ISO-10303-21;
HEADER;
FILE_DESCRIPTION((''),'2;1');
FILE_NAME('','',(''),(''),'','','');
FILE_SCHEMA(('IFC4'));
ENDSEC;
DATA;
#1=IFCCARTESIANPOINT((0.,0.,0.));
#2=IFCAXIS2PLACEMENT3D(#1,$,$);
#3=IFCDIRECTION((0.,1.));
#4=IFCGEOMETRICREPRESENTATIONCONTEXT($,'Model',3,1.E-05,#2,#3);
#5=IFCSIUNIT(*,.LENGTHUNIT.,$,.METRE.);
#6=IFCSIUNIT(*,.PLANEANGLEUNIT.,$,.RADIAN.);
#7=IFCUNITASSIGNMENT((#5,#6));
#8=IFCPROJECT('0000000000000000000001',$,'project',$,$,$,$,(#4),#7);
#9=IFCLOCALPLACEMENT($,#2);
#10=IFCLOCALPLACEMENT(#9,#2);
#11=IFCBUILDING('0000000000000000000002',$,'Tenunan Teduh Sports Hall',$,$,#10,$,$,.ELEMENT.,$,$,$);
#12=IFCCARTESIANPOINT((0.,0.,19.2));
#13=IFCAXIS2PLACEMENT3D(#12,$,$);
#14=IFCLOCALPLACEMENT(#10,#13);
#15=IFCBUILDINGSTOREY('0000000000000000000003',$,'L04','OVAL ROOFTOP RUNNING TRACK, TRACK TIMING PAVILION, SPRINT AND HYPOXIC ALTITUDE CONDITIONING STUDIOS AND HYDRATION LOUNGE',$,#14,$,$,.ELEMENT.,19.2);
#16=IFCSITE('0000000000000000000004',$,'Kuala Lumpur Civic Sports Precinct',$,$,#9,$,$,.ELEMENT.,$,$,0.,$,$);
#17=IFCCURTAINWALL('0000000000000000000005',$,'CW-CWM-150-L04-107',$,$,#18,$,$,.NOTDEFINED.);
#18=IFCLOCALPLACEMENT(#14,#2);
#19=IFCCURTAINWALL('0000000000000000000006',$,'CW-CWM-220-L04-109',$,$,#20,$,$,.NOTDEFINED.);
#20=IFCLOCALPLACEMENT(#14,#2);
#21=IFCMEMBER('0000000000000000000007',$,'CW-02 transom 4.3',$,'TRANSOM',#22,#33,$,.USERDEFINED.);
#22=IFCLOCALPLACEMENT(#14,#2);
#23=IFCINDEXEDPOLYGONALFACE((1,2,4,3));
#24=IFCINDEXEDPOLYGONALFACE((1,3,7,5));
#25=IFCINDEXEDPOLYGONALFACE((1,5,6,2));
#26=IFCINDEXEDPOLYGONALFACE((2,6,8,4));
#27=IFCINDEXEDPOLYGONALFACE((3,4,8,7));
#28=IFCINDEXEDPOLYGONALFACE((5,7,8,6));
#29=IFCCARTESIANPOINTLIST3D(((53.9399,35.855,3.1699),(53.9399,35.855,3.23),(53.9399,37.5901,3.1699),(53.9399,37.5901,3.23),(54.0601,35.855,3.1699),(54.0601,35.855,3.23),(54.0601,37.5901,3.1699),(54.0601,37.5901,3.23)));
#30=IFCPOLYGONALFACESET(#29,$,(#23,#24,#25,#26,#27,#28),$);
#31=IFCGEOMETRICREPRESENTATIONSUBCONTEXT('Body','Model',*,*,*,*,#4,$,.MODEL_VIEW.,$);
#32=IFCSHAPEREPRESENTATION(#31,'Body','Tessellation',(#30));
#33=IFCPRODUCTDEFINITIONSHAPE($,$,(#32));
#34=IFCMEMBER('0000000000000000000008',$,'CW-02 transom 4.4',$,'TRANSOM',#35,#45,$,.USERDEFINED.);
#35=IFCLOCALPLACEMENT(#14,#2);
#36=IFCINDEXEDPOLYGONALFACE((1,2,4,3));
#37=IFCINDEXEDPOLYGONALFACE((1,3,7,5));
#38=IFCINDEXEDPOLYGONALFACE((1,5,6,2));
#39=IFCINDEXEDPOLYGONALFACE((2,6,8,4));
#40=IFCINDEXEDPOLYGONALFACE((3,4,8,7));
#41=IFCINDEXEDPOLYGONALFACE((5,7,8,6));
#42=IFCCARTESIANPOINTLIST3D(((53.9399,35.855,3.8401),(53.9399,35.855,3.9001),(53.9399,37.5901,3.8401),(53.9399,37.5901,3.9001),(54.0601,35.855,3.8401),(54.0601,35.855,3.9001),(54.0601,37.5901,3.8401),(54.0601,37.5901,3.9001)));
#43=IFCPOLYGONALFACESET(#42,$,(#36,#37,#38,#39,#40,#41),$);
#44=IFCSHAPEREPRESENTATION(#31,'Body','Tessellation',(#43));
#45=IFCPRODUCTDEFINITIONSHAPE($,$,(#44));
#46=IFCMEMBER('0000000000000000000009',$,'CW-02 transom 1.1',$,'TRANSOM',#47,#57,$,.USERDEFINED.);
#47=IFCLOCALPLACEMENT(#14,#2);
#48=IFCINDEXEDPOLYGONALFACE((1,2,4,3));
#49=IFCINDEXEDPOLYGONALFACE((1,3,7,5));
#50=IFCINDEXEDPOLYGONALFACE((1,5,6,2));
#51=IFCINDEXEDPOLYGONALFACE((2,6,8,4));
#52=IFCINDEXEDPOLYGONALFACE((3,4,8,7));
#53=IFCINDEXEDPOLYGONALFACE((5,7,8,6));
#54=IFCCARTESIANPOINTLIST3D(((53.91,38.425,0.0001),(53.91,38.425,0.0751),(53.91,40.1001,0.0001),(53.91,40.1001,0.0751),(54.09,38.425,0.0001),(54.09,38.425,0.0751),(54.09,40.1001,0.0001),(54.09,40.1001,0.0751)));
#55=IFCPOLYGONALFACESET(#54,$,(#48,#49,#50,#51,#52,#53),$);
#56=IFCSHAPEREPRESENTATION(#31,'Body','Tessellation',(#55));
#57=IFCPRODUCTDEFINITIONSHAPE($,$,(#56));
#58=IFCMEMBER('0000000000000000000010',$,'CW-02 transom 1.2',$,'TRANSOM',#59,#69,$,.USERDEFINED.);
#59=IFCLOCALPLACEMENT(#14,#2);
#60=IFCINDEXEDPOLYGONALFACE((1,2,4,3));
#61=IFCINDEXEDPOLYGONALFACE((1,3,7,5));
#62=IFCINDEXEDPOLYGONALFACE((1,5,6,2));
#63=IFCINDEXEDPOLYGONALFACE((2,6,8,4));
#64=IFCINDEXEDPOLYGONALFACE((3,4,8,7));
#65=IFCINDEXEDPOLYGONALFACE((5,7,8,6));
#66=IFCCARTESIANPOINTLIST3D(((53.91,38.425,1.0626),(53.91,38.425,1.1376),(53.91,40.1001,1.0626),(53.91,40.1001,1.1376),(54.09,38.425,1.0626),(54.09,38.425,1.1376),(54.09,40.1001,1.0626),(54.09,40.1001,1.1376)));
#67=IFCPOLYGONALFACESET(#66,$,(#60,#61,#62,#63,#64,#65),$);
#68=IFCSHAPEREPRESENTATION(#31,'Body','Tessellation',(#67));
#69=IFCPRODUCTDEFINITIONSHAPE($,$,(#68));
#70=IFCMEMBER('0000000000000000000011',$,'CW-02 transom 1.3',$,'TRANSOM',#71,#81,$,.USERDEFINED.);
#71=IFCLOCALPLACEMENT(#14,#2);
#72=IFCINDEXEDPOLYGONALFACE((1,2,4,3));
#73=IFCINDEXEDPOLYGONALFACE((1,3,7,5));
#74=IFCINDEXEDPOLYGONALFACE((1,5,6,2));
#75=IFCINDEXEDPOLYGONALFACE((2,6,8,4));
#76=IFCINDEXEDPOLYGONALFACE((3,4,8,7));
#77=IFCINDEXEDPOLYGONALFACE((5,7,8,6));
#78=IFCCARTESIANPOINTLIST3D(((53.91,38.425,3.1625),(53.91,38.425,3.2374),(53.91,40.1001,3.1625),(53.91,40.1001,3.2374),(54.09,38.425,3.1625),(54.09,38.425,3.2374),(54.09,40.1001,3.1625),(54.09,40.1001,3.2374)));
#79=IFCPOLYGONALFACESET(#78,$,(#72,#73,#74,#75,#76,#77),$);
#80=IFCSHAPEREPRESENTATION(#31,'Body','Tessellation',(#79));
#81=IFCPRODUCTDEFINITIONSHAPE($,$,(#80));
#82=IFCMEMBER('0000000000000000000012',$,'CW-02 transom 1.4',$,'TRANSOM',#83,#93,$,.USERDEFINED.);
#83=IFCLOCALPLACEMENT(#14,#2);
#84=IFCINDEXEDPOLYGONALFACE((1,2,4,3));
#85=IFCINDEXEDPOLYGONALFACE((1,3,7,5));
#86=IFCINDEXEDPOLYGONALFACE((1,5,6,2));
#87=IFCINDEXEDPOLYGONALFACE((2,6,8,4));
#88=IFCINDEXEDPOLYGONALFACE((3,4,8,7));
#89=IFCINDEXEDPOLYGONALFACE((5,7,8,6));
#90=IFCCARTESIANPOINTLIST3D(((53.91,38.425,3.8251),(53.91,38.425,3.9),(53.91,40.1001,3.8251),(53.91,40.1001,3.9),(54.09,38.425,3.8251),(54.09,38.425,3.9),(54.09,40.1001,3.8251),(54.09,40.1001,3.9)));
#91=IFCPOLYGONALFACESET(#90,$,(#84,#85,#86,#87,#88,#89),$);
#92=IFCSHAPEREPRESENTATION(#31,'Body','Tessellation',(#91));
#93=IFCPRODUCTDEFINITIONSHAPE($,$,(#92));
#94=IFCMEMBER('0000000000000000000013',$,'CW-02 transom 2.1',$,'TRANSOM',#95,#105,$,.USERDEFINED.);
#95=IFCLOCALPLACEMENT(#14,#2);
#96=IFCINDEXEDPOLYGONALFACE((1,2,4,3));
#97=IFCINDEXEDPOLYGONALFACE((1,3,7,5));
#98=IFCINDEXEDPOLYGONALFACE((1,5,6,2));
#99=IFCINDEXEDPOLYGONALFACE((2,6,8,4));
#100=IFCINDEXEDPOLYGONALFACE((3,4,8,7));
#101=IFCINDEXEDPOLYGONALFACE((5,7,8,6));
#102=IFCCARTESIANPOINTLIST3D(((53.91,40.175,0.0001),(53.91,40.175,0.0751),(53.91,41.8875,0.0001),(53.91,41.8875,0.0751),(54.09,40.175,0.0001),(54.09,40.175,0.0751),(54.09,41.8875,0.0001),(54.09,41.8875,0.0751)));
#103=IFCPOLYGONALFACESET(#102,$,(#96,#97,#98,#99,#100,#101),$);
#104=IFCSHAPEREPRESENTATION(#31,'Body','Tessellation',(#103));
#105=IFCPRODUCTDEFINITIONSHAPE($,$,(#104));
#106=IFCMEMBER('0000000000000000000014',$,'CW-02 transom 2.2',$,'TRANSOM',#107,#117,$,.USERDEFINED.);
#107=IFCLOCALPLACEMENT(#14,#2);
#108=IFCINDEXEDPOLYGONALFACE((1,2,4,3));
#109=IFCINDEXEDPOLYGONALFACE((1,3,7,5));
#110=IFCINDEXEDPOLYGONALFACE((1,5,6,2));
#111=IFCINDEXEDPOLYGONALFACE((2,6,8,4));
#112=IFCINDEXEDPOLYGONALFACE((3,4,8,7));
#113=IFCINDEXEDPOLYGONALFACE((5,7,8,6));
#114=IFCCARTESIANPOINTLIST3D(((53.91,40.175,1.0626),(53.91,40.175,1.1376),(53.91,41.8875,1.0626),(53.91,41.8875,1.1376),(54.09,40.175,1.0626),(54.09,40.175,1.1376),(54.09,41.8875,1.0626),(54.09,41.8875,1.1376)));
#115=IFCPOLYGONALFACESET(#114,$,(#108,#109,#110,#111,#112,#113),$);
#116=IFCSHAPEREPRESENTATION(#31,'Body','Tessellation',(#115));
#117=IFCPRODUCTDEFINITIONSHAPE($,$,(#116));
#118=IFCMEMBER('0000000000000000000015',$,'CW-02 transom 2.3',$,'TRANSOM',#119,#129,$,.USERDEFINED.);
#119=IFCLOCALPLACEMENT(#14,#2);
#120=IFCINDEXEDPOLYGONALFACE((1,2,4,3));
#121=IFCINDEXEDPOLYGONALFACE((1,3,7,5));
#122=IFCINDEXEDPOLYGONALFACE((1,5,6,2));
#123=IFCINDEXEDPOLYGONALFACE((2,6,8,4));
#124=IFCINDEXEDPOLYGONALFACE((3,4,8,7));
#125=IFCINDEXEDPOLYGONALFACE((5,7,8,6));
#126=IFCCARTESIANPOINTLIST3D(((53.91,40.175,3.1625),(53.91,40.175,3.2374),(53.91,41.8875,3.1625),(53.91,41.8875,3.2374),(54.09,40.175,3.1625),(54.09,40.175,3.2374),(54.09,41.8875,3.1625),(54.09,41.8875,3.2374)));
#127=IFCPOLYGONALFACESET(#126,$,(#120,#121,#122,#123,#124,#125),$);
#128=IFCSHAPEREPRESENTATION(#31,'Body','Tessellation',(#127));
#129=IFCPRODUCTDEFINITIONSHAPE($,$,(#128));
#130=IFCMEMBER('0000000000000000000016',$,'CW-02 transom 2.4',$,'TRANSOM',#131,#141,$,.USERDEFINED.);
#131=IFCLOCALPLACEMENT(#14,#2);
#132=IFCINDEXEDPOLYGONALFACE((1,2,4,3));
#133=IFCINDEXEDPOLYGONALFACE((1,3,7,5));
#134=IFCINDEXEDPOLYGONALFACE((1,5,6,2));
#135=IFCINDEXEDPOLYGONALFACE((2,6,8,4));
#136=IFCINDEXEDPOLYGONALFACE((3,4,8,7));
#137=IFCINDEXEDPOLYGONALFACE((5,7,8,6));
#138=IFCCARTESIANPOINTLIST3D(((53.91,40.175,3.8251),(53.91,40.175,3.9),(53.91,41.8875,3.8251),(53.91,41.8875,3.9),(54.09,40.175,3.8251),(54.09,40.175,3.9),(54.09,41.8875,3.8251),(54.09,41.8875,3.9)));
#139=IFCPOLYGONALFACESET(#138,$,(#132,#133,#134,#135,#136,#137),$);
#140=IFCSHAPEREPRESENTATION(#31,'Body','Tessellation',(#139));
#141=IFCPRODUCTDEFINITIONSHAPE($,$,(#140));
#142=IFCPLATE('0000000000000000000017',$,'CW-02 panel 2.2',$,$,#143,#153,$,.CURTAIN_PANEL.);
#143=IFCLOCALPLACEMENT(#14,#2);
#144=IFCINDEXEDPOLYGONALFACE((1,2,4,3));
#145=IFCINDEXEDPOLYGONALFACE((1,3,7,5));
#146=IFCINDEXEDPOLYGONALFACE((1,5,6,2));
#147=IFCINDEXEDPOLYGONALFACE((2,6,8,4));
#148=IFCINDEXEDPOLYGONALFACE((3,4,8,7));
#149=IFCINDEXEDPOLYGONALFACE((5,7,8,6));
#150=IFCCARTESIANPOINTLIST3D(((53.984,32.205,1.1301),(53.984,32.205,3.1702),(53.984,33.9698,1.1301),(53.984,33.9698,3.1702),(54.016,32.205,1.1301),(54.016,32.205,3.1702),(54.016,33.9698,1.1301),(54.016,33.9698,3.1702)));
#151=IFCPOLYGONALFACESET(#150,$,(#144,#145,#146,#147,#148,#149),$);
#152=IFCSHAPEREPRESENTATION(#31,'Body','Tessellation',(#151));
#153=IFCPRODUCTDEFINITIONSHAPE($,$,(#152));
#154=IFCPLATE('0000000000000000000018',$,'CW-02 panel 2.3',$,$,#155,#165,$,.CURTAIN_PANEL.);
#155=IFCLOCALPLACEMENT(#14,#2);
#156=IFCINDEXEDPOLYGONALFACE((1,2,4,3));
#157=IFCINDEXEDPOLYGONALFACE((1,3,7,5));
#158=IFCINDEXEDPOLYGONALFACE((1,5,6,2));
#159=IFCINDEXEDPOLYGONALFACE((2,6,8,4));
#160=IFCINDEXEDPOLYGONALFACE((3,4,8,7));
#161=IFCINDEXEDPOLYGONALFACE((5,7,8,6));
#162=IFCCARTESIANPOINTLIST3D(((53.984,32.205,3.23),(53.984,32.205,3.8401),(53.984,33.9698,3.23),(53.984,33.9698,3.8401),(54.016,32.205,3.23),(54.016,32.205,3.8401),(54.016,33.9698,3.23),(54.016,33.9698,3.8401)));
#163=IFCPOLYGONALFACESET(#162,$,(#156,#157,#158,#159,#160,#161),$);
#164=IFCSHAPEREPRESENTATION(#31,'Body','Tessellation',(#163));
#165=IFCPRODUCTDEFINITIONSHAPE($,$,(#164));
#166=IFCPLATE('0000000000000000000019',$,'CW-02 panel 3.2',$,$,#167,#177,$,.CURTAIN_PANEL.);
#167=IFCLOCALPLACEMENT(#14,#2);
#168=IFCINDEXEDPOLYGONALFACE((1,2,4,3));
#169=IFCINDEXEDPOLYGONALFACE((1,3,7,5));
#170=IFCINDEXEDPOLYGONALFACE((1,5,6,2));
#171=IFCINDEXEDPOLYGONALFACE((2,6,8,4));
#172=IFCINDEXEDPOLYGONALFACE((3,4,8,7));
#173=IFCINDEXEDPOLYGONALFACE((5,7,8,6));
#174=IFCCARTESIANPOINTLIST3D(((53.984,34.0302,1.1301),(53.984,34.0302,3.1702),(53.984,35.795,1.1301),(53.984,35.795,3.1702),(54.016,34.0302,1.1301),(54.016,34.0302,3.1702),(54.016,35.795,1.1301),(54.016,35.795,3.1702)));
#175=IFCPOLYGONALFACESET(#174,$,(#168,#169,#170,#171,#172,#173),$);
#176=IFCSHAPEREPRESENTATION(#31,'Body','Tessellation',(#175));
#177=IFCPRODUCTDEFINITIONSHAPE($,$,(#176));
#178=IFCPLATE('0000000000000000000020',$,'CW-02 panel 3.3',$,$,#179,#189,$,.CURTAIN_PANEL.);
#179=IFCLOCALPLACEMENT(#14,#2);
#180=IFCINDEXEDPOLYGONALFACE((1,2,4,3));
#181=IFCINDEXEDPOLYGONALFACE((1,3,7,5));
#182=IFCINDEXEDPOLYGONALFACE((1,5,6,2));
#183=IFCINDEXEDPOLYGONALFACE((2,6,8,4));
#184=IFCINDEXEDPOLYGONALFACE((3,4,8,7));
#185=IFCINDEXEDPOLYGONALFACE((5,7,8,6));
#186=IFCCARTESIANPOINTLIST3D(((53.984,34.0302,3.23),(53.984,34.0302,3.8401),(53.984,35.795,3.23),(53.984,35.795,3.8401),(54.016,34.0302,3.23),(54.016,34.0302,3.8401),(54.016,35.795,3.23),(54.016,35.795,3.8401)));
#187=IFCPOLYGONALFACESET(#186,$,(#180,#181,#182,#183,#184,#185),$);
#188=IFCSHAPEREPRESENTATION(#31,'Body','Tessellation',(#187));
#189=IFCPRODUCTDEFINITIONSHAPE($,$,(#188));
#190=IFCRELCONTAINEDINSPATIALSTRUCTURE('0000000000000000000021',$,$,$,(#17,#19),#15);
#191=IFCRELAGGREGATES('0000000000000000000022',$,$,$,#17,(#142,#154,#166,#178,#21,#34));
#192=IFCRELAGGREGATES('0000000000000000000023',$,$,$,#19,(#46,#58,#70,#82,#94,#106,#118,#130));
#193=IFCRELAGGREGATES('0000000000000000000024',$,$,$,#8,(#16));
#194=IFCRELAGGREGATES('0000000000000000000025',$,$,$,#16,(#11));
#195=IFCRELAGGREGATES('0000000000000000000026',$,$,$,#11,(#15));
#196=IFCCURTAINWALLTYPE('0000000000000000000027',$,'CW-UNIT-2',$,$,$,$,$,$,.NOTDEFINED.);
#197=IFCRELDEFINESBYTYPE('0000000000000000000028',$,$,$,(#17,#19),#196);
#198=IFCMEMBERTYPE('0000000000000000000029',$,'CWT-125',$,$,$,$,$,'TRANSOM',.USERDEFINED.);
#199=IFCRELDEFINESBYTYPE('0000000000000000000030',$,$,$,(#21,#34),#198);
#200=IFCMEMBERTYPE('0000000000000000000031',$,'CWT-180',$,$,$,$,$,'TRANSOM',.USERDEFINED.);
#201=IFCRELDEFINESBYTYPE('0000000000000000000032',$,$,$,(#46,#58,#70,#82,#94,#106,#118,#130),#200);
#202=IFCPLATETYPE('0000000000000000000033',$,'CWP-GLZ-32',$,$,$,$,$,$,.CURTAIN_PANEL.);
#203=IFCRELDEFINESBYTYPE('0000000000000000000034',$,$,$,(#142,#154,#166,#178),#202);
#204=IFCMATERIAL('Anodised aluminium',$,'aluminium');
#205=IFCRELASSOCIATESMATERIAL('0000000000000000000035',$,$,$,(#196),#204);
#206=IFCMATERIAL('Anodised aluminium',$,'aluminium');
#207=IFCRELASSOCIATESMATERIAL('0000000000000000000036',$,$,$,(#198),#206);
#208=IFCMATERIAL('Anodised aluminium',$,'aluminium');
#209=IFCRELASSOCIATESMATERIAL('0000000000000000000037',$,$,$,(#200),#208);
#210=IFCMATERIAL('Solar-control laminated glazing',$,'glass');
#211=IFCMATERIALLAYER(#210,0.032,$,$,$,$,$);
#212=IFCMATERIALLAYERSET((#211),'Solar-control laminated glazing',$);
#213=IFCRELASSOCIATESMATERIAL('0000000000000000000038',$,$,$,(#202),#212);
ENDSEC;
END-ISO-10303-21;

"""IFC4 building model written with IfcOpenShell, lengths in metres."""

from ifc_helpers import new_model, si_unit, direction, frame, origin, origin_2d, place, context, subcontext, project, spatial, rectangle, extrude, material, layer, layer_set, material_profile, profile_set, type_object, element, aggregate, save


model = new_model("IFC4")

# Units and contexts
model_context = context("Model", 3, precision=1e-05, world=origin(), true_north=direction((0.0, 1.0)))
body_context = subcontext(model_context, "Body", "Model", "MODEL_VIEW")
ifc_project = project(units=[si_unit("LENGTHUNIT", "METRE"), si_unit("PLANEANGLEUNIT", "RADIAN")], contexts=[model_context])

# Site, building, storey
site_placement = place(None, origin())
site = spatial("IfcSite", under=ifc_project, at=site_placement, Name="Kuala Lumpur Civic Sports Precinct", CompositionType="ELEMENT", RefElevation=0.0)
building_placement = place(site_placement, origin())
building = spatial("IfcBuilding", under=site, at=building_placement, Name="Tenunan Teduh Sports Hall", CompositionType="ELEMENT")
storey_placement = place(building_placement, frame((0.0, 0.0, 19.2)))
storey = spatial("IfcBuildingStorey", under=building, at=storey_placement, Name="L04", Description="OVAL ROOFTOP RUNNING TRACK, TRACK TIMING PAVILION, SPRINT AND HYPOXIC ALTITUDE CONDITIONING STUDIOS AND HYDRATION LOUNGE", CompositionType="ELEMENT", Elevation=19.2)

# Curtain walls
ifc_material_1 = material(Name="Anodised aluminium", Category="aluminium")
curtain_wall_type = type_object("IfcCurtainWallType", Name="CW-UNIT-2", PredefinedType="NOTDEFINED", material=ifc_material_1)
curtain_wall_1_placement = place(storey_placement, origin())
curtain_wall_1 = element("IfcCurtainWall", 1, at=curtain_wall_1_placement, inside=storey, type_object=curtain_wall_type, Name="CW-CWM-150-L04-107", PredefinedType="NOTDEFINED")
curtain_wall_2_placement = place(storey_placement, origin())
curtain_wall_2 = element("IfcCurtainWall", 2, at=curtain_wall_2_placement, inside=storey, type_object=curtain_wall_type, Name="CW-CWM-220-L04-109", PredefinedType="NOTDEFINED")

# Members
ifc_material_2 = material(Name="Anodised aluminium", Category="aluminium")
ifc_material_profile_1 = material_profile(ifc_material_2, rectangle(XDim=0.0601, YDim=0.1201, at=origin_2d()), Name="CWT 60x120")
ifc_profile_set_1 = profile_set([ifc_material_profile_1], Name="Anodised aluminium")
member_type_1 = type_object("IfcMemberType", Name="CWT-125", ElementType="TRANSOM", PredefinedType="USERDEFINED", material=ifc_profile_set_1)
member_1_placement = place(storey_placement, frame((54.0, 35.855, 3.2), z_axis=(0.0, 1.0, 0.0), x_axis=(0.0, 0.0, 1.0)))
member_1 = element("IfcMember", 3, at=member_1_placement, type_object=member_type_1, Name="CW-02 transom 4.3", ObjectType="TRANSOM", PredefinedType="USERDEFINED", context=body_context, shape_type="SweptSolid", body=[
    extrude(rectangle(XDim=0.0601, YDim=0.1201, at=origin_2d()), origin(), (0.0, 0.0, 1.0), 1.7351),
])
member_2_placement = place(storey_placement, frame((54.0, 35.855, 3.8701), z_axis=(0.0, 1.0, 0.0), x_axis=(0.0, 0.0, 1.0)))
member_2 = element("IfcMember", 4, at=member_2_placement, type_object=member_type_1, Name="CW-02 transom 4.4", ObjectType="TRANSOM", PredefinedType="USERDEFINED", context=body_context, shape_type="SweptSolid", body=[
    extrude(rectangle(XDim=0.0601, YDim=0.1201, at=origin_2d()), origin(), (0.0, 0.0, 1.0), 1.7351),
])
ifc_material_3 = material(Name="Anodised aluminium", Category="aluminium")
ifc_material_profile_2 = material_profile(ifc_material_3, rectangle(XDim=0.075, YDim=0.1799, at=origin_2d()), Name="CWT 75x180")
ifc_profile_set_2 = profile_set([ifc_material_profile_2], Name="Anodised aluminium")
member_type_2 = type_object("IfcMemberType", Name="CWT-180", ElementType="TRANSOM", PredefinedType="USERDEFINED", material=ifc_profile_set_2)
member_3_placement = place(storey_placement, frame((54.0, 38.425, 0.0376), z_axis=(0.0, 1.0, 0.0), x_axis=(0.0, 0.0, 1.0)))
member_3 = element("IfcMember", 5, at=member_3_placement, type_object=member_type_2, Name="CW-02 transom 1.1", ObjectType="TRANSOM", PredefinedType="USERDEFINED", context=body_context, shape_type="SweptSolid", body=[
    extrude(rectangle(XDim=0.075, YDim=0.1799, at=origin_2d()), origin(), (0.0, 0.0, 1.0), 1.675),
])
member_4_placement = place(storey_placement, frame((54.0, 38.425, 1.1001), z_axis=(0.0, 1.0, 0.0), x_axis=(0.0, 0.0, 1.0)))
member_4 = element("IfcMember", 6, at=member_4_placement, type_object=member_type_2, Name="CW-02 transom 1.2", ObjectType="TRANSOM", PredefinedType="USERDEFINED", context=body_context, shape_type="SweptSolid", body=[
    extrude(rectangle(XDim=0.075, YDim=0.1799, at=origin_2d()), origin(), (0.0, 0.0, 1.0), 1.675),
])
member_5_placement = place(storey_placement, frame((54.0, 38.425, 3.2), z_axis=(0.0, 1.0, 0.0), x_axis=(0.0, 0.0, 1.0)))
member_5 = element("IfcMember", 7, at=member_5_placement, type_object=member_type_2, Name="CW-02 transom 1.3", ObjectType="TRANSOM", PredefinedType="USERDEFINED", context=body_context, shape_type="SweptSolid", body=[
    extrude(rectangle(XDim=0.075, YDim=0.1799, at=origin_2d()), origin(), (0.0, 0.0, 1.0), 1.675),
])
member_6_placement = place(storey_placement, frame((54.0, 38.425, 3.8625), z_axis=(0.0, 1.0, 0.0), x_axis=(0.0, 0.0, 1.0)))
member_6 = element("IfcMember", 8, at=member_6_placement, type_object=member_type_2, Name="CW-02 transom 1.4", ObjectType="TRANSOM", PredefinedType="USERDEFINED", context=body_context, shape_type="SweptSolid", body=[
    extrude(rectangle(XDim=0.075, YDim=0.1799, at=origin_2d()), origin(), (0.0, 0.0, 1.0), 1.675),
])
member_7_placement = place(storey_placement, frame((54.0, 40.175, 0.0376), z_axis=(0.0, 1.0, 0.0), x_axis=(0.0, 0.0, 1.0)))
member_7 = element("IfcMember", 9, at=member_7_placement, type_object=member_type_2, Name="CW-02 transom 2.1", ObjectType="TRANSOM", PredefinedType="USERDEFINED", context=body_context, shape_type="SweptSolid", body=[
    extrude(rectangle(XDim=0.075, YDim=0.1799, at=origin_2d()), origin(), (0.0, 0.0, 1.0), 1.7124),
])
member_8_placement = place(storey_placement, frame((54.0, 40.175, 1.1001), z_axis=(0.0, 1.0, 0.0), x_axis=(0.0, 0.0, 1.0)))
member_8 = element("IfcMember", 10, at=member_8_placement, type_object=member_type_2, Name="CW-02 transom 2.2", ObjectType="TRANSOM", PredefinedType="USERDEFINED", context=body_context, shape_type="SweptSolid", body=[
    extrude(rectangle(XDim=0.075, YDim=0.1799, at=origin_2d()), origin(), (0.0, 0.0, 1.0), 1.7124),
])
member_9_placement = place(storey_placement, frame((54.0, 40.175, 3.2), z_axis=(0.0, 1.0, 0.0), x_axis=(0.0, 0.0, 1.0)))
member_9 = element("IfcMember", 11, at=member_9_placement, type_object=member_type_2, Name="CW-02 transom 2.3", ObjectType="TRANSOM", PredefinedType="USERDEFINED", context=body_context, shape_type="SweptSolid", body=[
    extrude(rectangle(XDim=0.075, YDim=0.1799, at=origin_2d()), origin(), (0.0, 0.0, 1.0), 1.7124),
])
member_10_placement = place(storey_placement, frame((54.0, 40.175, 3.8625), z_axis=(0.0, 1.0, 0.0), x_axis=(0.0, 0.0, 1.0)))
member_10 = element("IfcMember", 12, at=member_10_placement, type_object=member_type_2, Name="CW-02 transom 2.4", ObjectType="TRANSOM", PredefinedType="USERDEFINED", context=body_context, shape_type="SweptSolid", body=[
    extrude(rectangle(XDim=0.075, YDim=0.1799, at=origin_2d()), origin(), (0.0, 0.0, 1.0), 1.7124),
])

# Plates
ifc_material_4 = material(Name="Solar-control laminated glazing", Category="glass")
ifc_layer_1 = layer(ifc_material_4, 0.032)
ifc_layer_set_1 = layer_set([ifc_layer_1], Name="Solar-control laminated glazing")
plate_type_1 = type_object("IfcPlateType", Name="CWP-GLZ-32", PredefinedType="CURTAIN_PANEL", material=ifc_layer_set_1)
plate_1_placement = place(storey_placement, frame((54.0, 33.0874, 1.1301), z_axis=(0.0, 0.0, 1.0), x_axis=(0.0, 1.0, 0.0)))
plate_1 = element("IfcPlate", 13, at=plate_1_placement, type_object=plate_type_1, Name="CW-02 panel 2.2", PredefinedType="CURTAIN_PANEL", context=body_context, shape_type="SweptSolid", body=[
    extrude(rectangle(XDim=1.7649, YDim=0.032, at=origin_2d()), origin(), (0.0, 0.0, 1.0), 2.04),
])
plate_2_placement = place(storey_placement, frame((54.0, 33.0874, 3.23), z_axis=(0.0, 0.0, 1.0), x_axis=(0.0, 1.0, 0.0)))
plate_2 = element("IfcPlate", 14, at=plate_2_placement, type_object=plate_type_1, Name="CW-02 panel 2.3", PredefinedType="CURTAIN_PANEL", context=body_context, shape_type="SweptSolid", body=[
    extrude(rectangle(XDim=1.7649, YDim=0.032, at=origin_2d()), origin(), (0.0, 0.0, 1.0), 0.6101),
])
plate_3_placement = place(storey_placement, frame((54.0, 34.9126, 1.1301), z_axis=(0.0, 0.0, 1.0), x_axis=(0.0, 1.0, 0.0)))
plate_3 = element("IfcPlate", 15, at=plate_3_placement, type_object=plate_type_1, Name="CW-02 panel 3.2", PredefinedType="CURTAIN_PANEL", context=body_context, shape_type="SweptSolid", body=[
    extrude(rectangle(XDim=1.7649, YDim=0.032, at=origin_2d()), origin(), (0.0, 0.0, 1.0), 2.04),
])
plate_4_placement = place(storey_placement, frame((54.0, 34.9126, 3.23), z_axis=(0.0, 0.0, 1.0), x_axis=(0.0, 1.0, 0.0)))
plate_4 = element("IfcPlate", 16, at=plate_4_placement, type_object=plate_type_1, Name="CW-02 panel 3.3", PredefinedType="CURTAIN_PANEL", context=body_context, shape_type="SweptSolid", body=[
    extrude(rectangle(XDim=1.7649, YDim=0.032, at=origin_2d()), origin(), (0.0, 0.0, 1.0), 0.6101),
])
aggregate(curtain_wall_1, [plate_1, plate_2, plate_3, plate_4, member_1, member_2])
aggregate(curtain_wall_2, [member_3, member_4, member_5, member_6, member_7, member_8, member_9, member_10])

save(model, "model.ifc")
